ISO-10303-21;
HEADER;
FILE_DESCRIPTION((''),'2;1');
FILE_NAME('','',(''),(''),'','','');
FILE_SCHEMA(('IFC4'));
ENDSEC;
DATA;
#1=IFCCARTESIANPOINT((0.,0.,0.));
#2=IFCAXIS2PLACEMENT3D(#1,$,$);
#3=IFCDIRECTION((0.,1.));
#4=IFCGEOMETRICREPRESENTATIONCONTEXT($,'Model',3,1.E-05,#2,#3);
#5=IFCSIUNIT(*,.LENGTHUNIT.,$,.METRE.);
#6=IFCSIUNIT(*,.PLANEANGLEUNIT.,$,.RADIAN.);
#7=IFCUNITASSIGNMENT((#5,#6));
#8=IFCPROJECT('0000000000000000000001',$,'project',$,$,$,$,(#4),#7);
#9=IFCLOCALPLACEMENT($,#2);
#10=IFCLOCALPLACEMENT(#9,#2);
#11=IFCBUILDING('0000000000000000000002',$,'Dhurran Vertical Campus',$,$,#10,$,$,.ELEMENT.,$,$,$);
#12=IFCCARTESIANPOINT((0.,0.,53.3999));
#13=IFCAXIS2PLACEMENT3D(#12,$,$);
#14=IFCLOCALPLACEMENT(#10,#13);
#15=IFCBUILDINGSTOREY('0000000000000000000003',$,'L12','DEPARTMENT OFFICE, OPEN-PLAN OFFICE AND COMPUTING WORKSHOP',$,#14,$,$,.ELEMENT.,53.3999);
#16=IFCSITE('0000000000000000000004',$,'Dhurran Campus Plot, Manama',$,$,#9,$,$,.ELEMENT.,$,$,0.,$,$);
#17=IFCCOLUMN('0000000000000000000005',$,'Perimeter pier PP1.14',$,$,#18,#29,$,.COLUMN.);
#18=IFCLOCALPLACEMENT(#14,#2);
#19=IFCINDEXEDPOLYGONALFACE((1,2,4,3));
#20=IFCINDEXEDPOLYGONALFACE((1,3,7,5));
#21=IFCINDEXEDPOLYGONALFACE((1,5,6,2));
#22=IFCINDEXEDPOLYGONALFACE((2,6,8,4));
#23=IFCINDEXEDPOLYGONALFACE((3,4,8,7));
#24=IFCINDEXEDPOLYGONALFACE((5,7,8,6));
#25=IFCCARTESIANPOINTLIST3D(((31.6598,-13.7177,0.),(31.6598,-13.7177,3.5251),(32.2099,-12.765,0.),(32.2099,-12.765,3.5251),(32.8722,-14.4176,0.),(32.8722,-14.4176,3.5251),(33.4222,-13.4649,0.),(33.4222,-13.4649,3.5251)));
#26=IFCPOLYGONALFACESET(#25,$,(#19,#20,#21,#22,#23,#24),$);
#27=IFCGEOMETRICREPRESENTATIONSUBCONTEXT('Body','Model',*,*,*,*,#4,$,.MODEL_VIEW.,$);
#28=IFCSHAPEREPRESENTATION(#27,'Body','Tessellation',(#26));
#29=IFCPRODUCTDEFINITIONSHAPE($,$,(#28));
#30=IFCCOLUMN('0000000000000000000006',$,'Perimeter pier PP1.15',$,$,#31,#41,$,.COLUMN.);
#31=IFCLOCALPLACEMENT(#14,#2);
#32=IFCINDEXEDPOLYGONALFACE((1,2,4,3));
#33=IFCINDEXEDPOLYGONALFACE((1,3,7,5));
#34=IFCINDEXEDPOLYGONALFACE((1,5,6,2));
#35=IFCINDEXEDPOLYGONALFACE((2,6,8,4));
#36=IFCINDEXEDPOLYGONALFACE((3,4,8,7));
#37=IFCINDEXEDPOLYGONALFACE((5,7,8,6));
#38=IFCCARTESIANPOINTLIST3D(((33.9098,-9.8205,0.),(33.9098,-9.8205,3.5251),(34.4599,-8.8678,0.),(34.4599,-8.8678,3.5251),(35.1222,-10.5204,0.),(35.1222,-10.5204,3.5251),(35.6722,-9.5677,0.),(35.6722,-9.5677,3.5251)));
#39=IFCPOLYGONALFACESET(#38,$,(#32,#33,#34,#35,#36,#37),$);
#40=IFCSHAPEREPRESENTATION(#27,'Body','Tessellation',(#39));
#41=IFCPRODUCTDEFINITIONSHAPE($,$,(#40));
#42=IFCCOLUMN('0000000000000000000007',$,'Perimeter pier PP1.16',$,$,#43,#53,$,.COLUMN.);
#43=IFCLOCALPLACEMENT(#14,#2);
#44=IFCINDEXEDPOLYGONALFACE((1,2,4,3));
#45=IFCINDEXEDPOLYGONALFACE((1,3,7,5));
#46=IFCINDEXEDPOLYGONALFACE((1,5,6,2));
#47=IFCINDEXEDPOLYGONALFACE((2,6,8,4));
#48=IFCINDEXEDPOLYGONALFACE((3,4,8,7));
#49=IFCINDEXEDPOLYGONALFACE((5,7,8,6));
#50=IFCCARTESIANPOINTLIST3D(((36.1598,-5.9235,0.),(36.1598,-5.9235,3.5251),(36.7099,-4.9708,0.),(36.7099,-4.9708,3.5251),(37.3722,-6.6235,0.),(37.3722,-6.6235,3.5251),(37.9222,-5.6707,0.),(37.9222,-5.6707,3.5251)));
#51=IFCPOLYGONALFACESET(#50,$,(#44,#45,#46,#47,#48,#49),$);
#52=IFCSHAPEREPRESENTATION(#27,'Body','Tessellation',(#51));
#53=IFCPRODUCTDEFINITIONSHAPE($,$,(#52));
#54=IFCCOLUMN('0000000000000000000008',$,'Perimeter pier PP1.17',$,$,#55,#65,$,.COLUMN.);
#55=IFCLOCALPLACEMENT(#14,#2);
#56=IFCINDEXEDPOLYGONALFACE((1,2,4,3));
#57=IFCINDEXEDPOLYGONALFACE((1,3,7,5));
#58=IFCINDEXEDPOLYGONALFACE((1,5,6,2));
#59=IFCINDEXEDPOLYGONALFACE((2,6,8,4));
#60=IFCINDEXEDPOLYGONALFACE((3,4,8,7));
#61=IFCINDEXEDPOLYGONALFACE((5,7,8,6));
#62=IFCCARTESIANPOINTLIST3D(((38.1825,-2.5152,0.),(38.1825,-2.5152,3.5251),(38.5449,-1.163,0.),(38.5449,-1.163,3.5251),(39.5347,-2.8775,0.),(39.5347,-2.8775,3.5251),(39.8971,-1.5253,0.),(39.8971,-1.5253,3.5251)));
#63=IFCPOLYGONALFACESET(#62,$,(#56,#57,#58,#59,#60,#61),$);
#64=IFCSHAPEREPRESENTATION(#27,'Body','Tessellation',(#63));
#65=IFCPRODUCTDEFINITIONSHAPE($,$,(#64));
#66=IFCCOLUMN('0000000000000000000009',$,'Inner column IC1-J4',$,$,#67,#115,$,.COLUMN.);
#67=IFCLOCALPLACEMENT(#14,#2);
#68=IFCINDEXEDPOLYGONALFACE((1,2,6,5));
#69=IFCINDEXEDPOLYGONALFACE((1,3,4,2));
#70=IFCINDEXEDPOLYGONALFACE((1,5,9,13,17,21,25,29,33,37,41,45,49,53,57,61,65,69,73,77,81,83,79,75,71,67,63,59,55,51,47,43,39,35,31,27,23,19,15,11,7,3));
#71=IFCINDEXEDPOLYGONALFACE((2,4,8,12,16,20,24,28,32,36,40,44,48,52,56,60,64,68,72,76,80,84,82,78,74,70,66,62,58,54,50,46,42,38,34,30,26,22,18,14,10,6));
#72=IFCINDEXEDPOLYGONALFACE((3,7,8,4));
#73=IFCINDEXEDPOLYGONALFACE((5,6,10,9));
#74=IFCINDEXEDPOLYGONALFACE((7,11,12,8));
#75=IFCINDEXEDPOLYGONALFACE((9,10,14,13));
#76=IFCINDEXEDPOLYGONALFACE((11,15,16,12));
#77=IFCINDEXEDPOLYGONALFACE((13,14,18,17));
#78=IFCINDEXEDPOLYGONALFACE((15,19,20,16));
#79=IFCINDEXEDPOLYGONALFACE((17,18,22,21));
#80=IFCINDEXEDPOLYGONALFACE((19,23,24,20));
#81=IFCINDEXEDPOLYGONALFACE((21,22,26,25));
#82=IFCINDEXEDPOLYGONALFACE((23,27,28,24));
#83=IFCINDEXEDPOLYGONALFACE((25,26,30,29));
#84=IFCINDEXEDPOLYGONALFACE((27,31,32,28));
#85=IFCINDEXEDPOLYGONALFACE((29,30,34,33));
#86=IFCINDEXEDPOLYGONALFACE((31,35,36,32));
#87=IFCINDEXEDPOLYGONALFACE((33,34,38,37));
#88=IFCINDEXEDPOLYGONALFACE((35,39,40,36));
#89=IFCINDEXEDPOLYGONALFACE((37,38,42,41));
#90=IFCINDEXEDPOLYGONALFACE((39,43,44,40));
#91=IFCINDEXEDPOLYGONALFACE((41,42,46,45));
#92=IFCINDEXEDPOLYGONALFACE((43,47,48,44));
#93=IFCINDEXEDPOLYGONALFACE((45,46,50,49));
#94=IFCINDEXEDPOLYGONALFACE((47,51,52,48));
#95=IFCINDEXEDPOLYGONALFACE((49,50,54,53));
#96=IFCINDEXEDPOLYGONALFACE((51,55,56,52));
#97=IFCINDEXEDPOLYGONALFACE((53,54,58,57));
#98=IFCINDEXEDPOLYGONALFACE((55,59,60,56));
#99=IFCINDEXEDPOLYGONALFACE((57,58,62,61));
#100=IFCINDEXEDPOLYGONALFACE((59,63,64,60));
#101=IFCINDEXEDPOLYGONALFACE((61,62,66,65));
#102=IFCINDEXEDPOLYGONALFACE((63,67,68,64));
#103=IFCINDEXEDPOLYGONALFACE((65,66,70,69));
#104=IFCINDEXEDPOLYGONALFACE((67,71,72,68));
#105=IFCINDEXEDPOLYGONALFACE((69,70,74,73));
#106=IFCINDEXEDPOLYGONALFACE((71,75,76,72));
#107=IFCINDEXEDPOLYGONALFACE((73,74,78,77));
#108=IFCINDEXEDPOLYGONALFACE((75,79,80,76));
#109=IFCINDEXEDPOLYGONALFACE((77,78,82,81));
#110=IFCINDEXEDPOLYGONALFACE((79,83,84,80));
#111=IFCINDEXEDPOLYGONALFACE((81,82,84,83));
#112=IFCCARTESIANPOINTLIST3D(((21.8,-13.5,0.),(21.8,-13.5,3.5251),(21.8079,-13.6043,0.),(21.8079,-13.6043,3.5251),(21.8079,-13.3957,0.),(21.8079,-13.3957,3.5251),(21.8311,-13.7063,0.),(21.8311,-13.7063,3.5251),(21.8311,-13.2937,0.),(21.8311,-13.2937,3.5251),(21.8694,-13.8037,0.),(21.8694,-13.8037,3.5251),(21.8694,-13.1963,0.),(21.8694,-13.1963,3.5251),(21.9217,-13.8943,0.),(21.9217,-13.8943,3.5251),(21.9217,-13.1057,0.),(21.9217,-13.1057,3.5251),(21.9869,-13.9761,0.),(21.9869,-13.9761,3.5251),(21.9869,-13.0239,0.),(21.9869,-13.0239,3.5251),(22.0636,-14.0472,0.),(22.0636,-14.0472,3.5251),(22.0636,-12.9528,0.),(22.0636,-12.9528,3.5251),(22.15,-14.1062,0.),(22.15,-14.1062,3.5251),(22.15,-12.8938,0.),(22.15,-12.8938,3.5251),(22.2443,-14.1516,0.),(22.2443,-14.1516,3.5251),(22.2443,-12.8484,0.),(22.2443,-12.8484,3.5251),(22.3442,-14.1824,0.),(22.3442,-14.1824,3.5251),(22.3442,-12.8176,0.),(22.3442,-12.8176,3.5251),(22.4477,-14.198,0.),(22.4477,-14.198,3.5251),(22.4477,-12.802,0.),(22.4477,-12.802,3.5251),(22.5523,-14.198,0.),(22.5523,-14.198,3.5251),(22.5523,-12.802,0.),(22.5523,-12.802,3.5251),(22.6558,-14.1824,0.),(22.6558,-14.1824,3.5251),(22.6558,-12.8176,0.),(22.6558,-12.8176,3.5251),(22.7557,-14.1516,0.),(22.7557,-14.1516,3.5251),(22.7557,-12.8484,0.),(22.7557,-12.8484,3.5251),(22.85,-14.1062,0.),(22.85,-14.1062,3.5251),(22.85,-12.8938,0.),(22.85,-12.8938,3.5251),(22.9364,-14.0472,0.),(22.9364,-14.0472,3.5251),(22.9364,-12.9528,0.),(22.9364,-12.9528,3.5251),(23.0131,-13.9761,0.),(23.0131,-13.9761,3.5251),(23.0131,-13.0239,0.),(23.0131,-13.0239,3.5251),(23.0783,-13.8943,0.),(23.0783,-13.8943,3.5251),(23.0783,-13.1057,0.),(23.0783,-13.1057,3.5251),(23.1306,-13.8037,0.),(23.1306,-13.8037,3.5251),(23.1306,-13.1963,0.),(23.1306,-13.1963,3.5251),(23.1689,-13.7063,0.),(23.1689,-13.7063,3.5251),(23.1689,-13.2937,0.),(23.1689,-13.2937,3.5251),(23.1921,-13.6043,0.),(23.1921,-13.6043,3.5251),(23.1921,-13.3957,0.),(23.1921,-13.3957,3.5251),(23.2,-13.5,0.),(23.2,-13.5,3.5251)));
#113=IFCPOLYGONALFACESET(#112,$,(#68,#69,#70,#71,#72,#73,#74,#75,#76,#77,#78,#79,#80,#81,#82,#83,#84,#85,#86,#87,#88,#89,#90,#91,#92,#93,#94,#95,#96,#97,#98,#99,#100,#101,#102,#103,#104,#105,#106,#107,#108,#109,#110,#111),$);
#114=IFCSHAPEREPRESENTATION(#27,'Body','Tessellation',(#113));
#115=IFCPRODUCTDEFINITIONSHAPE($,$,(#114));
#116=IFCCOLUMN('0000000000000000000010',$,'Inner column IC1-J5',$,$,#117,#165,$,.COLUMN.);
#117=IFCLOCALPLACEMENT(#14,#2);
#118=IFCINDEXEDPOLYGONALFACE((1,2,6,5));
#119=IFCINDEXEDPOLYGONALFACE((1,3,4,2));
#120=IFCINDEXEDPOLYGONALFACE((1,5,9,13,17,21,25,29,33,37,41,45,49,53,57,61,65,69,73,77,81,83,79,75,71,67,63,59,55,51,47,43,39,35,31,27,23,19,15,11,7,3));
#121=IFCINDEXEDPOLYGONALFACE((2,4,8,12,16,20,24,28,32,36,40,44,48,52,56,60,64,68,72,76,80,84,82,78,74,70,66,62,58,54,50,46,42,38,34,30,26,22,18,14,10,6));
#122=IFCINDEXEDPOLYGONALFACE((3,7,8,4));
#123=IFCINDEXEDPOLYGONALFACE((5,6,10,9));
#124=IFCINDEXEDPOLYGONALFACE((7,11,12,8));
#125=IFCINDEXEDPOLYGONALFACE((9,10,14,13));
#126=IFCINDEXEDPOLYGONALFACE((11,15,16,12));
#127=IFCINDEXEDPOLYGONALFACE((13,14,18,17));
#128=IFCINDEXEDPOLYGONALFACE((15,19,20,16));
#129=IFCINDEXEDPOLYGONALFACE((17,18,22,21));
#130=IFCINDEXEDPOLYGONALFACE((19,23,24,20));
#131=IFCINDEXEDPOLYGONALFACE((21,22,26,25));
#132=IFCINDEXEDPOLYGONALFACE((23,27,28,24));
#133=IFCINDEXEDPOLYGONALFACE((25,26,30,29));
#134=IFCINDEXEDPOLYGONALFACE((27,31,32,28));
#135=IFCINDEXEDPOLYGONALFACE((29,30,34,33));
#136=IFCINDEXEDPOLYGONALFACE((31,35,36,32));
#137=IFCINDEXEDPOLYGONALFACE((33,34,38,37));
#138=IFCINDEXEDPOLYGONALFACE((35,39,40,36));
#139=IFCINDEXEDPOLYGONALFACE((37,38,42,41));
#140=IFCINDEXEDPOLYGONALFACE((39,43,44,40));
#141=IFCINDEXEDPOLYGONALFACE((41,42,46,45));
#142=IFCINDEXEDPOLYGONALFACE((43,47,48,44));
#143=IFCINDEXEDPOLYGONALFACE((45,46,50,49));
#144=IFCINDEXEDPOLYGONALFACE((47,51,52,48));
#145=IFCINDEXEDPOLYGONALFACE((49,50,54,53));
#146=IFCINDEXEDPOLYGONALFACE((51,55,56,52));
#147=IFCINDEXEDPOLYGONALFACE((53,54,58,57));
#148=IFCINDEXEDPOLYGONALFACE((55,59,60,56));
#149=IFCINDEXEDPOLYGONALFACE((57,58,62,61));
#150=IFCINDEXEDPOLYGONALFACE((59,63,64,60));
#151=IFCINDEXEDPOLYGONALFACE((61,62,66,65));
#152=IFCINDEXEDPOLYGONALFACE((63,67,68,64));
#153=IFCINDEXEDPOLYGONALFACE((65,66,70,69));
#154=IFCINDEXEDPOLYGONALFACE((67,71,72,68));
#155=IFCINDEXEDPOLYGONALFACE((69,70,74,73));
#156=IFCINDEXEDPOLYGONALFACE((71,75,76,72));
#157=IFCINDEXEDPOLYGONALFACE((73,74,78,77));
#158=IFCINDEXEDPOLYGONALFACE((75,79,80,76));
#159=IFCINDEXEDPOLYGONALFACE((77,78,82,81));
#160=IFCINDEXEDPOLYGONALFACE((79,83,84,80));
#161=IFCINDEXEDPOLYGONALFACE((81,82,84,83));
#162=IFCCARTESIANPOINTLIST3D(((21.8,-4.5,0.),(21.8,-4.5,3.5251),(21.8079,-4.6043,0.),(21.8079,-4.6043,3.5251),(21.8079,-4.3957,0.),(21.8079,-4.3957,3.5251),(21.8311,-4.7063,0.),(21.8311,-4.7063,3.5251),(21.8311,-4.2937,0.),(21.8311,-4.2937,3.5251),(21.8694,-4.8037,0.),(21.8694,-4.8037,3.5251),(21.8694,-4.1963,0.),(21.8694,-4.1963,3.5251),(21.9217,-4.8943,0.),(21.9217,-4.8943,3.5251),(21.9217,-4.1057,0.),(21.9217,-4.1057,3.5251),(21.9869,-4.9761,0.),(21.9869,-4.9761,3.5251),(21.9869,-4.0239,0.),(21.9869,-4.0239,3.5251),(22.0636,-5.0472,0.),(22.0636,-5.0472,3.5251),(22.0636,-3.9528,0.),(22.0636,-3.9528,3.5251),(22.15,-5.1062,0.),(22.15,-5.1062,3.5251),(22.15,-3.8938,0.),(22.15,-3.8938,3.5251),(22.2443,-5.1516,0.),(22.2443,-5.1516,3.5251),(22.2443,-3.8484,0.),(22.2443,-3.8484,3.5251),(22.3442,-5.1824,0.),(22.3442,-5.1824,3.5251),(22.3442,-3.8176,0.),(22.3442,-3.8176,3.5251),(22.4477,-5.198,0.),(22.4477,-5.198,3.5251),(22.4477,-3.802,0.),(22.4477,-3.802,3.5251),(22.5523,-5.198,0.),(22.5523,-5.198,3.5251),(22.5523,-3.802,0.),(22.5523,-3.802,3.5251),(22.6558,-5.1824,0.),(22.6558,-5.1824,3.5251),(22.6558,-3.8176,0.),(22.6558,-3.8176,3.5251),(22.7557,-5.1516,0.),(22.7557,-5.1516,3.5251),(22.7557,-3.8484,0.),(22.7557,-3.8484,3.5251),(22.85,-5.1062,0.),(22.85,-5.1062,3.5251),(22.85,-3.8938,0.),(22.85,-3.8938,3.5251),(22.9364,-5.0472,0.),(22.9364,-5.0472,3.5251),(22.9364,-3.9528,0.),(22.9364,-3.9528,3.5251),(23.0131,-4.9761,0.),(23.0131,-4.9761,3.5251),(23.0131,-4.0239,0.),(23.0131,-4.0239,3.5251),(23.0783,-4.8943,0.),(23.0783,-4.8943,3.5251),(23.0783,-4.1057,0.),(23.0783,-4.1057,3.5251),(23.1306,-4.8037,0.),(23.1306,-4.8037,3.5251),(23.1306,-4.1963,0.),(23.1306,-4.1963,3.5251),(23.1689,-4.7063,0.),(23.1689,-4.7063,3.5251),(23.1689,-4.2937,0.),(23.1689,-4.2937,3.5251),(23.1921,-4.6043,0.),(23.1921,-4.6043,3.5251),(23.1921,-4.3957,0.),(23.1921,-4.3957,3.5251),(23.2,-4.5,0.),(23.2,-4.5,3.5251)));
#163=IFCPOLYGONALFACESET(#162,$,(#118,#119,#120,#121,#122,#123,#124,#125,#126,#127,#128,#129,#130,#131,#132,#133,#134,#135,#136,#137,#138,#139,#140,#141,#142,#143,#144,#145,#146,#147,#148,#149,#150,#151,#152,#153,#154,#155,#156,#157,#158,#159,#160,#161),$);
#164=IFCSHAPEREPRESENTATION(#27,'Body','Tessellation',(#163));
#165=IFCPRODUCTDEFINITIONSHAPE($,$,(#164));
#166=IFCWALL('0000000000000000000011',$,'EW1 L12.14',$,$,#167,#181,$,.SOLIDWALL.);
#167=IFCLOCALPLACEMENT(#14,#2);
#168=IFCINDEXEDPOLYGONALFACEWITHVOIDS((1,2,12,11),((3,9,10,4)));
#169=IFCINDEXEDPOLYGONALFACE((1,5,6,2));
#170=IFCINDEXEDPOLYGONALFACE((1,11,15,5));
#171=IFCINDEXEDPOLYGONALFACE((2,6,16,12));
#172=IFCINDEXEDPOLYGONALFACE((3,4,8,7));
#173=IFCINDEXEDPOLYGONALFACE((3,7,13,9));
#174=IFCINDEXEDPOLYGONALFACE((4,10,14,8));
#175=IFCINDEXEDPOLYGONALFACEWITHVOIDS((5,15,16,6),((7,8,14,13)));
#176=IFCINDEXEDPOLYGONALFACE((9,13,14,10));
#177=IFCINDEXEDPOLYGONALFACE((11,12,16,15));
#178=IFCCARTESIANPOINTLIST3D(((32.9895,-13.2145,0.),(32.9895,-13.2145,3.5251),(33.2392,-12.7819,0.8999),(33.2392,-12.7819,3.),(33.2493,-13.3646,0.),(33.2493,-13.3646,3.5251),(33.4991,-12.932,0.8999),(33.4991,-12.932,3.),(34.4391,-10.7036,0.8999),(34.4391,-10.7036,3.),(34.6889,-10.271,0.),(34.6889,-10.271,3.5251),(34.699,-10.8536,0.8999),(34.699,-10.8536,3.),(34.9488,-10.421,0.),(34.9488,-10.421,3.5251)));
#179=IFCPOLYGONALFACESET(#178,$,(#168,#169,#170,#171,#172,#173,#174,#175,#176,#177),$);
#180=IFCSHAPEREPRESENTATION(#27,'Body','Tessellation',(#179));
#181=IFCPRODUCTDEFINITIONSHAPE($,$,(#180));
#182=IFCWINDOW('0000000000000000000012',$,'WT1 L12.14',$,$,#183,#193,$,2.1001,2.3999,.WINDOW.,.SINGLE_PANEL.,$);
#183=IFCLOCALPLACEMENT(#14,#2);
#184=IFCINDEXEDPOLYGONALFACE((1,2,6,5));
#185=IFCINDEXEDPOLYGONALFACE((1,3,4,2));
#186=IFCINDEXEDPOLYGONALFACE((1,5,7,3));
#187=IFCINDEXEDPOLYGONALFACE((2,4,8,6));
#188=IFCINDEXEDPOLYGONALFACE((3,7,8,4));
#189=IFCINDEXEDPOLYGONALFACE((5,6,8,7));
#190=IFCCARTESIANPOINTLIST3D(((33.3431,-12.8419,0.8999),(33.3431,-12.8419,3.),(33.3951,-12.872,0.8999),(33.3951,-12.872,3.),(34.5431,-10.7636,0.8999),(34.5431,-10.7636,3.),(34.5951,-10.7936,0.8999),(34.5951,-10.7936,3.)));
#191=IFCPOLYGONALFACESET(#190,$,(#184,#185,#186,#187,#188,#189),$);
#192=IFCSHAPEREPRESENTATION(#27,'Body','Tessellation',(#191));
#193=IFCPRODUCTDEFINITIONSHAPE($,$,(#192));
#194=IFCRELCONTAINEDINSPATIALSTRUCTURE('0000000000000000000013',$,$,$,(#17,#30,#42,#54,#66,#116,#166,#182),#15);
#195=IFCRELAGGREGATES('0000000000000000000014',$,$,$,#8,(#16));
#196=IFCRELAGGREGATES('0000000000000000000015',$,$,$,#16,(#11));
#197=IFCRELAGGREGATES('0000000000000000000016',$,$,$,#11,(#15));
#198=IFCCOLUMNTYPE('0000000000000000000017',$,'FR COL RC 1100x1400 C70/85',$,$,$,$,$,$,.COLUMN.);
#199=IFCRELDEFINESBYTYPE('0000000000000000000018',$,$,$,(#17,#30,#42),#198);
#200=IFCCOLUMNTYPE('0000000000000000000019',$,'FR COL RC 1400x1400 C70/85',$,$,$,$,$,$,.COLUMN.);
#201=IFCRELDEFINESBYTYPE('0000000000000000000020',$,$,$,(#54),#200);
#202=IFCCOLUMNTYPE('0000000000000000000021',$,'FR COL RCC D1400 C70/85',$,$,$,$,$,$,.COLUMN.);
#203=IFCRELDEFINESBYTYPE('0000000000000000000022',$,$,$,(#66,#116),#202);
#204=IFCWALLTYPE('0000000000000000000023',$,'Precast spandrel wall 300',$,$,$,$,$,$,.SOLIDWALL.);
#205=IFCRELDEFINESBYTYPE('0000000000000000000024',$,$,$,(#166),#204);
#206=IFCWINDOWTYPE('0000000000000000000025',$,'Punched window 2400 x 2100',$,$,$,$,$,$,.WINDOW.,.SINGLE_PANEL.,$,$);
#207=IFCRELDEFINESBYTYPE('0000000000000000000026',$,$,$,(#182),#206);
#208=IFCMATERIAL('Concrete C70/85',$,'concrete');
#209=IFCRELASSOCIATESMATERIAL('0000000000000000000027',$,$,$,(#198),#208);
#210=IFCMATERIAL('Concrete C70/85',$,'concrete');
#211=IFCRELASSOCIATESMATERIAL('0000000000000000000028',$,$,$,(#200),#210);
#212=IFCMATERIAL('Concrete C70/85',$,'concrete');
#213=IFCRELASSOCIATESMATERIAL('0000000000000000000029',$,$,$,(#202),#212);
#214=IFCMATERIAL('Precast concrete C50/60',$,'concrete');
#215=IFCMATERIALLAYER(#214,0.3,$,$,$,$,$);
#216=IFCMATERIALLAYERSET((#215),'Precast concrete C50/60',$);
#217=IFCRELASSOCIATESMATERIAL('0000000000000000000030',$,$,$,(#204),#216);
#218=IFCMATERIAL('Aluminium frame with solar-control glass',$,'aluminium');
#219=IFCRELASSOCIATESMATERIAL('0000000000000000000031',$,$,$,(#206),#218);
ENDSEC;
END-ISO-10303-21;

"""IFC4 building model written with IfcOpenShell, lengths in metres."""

from ifc_helpers import new_model, si_unit, direction, frame, frame_2d, origin, origin_2d, place, context, subcontext, project, spatial, rectangle, circle, extrude, material, layer, layer_set, material_profile, profile_set, type_object, element, fill, save


model = new_model("IFC4")

# Units and contexts
model_context = context("Model", 3, precision=1e-05, world=origin(), true_north=direction((0.0, 1.0)))
body_context = subcontext(model_context, "Body", "Model", "MODEL_VIEW")
ifc_project = project(units=[si_unit("LENGTHUNIT", "METRE"), si_unit("PLANEANGLEUNIT", "RADIAN")], contexts=[model_context])

# Site, building, storey
site_placement = place(None, origin())
site = spatial("IfcSite", under=ifc_project, at=site_placement, Name="Dhurran Campus Plot, Manama", CompositionType="ELEMENT", RefElevation=0.0)
building_placement = place(site_placement, origin())
building = spatial("IfcBuilding", under=site, at=building_placement, Name="Dhurran Vertical Campus", CompositionType="ELEMENT")
storey_placement = place(building_placement, frame((0.0, 0.0, 53.3999)))
storey = spatial("IfcBuildingStorey", under=building, at=storey_placement, Name="L12", Description="DEPARTMENT OFFICE, OPEN-PLAN OFFICE AND COMPUTING WORKSHOP", CompositionType="ELEMENT", Elevation=53.3999)

# Columns
ifc_material_1 = material(Name="Concrete C70/85", Category="concrete")
ifc_material_profile_1 = material_profile(ifc_material_1, rectangle(XDim=1.1001, YDim=1.3999, at=origin_2d()), Name="RC 1100x1400")
ifc_profile_set_1 = profile_set([ifc_material_profile_1], Name="Concrete C70/85")
column_type_1 = type_object("IfcColumnType", Name="FR COL RC 1100x1400 C70/85", PredefinedType="COLUMN", material=ifc_profile_set_1)
for number, where, z_axis, x_axis, name in (
    (1, (32.541, -13.5913, 0.0), (0.0, 0.0, 1.0), (0.5, 0.866025, 0.0), "Perimeter pier PP1.14"),
    (2, (34.791, -9.6941, 0.0), (0.0, 0.0, 1.0), (0.5, 0.866025, 0.0), "Perimeter pier PP1.15"),
    (3, (37.041, -5.7971, 0.0), (0.0, 0.0, 1.0), (0.5, 0.866025, 0.0), "Perimeter pier PP1.16"),
):
    element("IfcColumn", number, at=place(storey_placement, frame(where, z_axis=z_axis, x_axis=x_axis)), inside=storey, type_object=column_type_1, Name=name, PredefinedType="COLUMN", context=body_context, shape_type="SweptSolid", body=[
        extrude(rectangle(XDim=1.1001, YDim=1.3999, at=origin_2d()), origin(), (0.0, 0.0, 1.0), 3.5251),
    ])
ifc_material_2 = material(Name="Concrete C70/85", Category="concrete")
ifc_material_profile_2 = material_profile(ifc_material_2, rectangle(XDim=1.3999, YDim=1.3999, at=origin_2d()), Name="RC 1400x1400")
ifc_profile_set_2 = profile_set([ifc_material_profile_2], Name="Concrete C70/85")
column_type_2 = type_object("IfcColumnType", Name="FR COL RC 1400x1400 C70/85", PredefinedType="COLUMN", material=ifc_profile_set_2)
column_placement = place(storey_placement, frame((39.0398, -2.0203, 0.0), z_axis=(0.0, 0.0, 1.0), x_axis=(0.258819, 0.965926, 0.0)))
element("IfcColumn", 4, at=column_placement, inside=storey, type_object=column_type_2, Name="Perimeter pier PP1.17", PredefinedType="COLUMN", context=body_context, shape_type="SweptSolid", body=[
    extrude(rectangle(XDim=1.3999, YDim=1.3999, at=origin_2d()), origin(), (0.0, 0.0, 1.0), 3.5251),
])
ifc_material_3 = material(Name="Concrete C70/85", Category="concrete")
ifc_material_profile_3 = material_profile(ifc_material_3, circle(Radius=0.7, at=origin_2d()), Name="RCC D1400")
ifc_profile_set_3 = profile_set([ifc_material_profile_3], Name="Concrete C70/85")
column_type_3 = type_object("IfcColumnType", Name="FR COL RCC D1400 C70/85", PredefinedType="COLUMN", material=ifc_profile_set_3)
for number, where, z_axis, x_axis, name in (
    (5, (22.5, -13.5, 0.0), (0.0, 0.0, 1.0), (1.0, 0.0, 0.0), "Inner column IC1-J4"),
    (6, (22.5, -4.5, 0.0), (0.0, 0.0, 1.0), (1.0, 0.0, 0.0), "Inner column IC1-J5"),
):
    element("IfcColumn", number, at=place(storey_placement, frame(where, z_axis=z_axis, x_axis=x_axis)), inside=storey, type_object=column_type_3, Name=name, PredefinedType="COLUMN", context=body_context, shape_type="SweptSolid", body=[
        extrude(circle(Radius=0.7, at=origin_2d()), origin(), (0.0, 0.0, 1.0), 3.5251),
    ])

# Wall, opening, window
ifc_material_4 = material(Name="Precast concrete C50/60", Category="concrete")
ifc_layer_1 = layer(ifc_material_4, 0.3)
ifc_layer_set_1 = layer_set([ifc_layer_1], Name="Precast concrete C50/60")
wall_type_1 = type_object("IfcWallType", Name="Precast spandrel wall 300", PredefinedType="SOLIDWALL", material=ifc_layer_set_1)
wall_1_placement = place(storey_placement, frame((33.1194, -13.2896, 0.0), z_axis=(0.0, 0.0, 1.0), x_axis=(0.499994, 0.866029, 0.0)))
wall_1 = element("IfcWall", 7, at=wall_1_placement, inside=storey, type_object=wall_type_1, Name="EW1 L12.14", PredefinedType="SOLIDWALL", context=body_context, shape_type="SweptSolid", body=[
    extrude(rectangle(XDim=3.3989, YDim=0.3, at=frame_2d((1.6995, 0.0))), origin(), (0.0, 0.0, 1.0), 3.5251),
])
opening_1_placement = place(wall_1_placement, frame((0.4995, 0.0, 0.8999)))
opening_1 = element("IfcOpeningElement", 8, at=opening_1_placement, cuts=wall_1, PredefinedType="OPENING", context=body_context, shape_type="SweptSolid", body=[
    extrude(rectangle(XDim=2.3999, YDim=2.1001, at=frame_2d((1.2, 1.05))), frame((0.0, 0.1599, 0.0), z_axis=(0.0, -1.0, 0.0), x_axis=(1.0, 0.0, 0.0)), (0.0, 0.0, 1.0), 0.3201),
])
ifc_material_5 = material(Name="Aluminium frame with solar-control glass", Category="aluminium")
window_type = type_object("IfcWindowType", Name="Punched window 2400 x 2100", PartitioningType="SINGLE_PANEL", PredefinedType="WINDOW", material=ifc_material_5)
window_1_placement = place(opening_1_placement, origin())
window_1 = element("IfcWindow", 9, at=window_1_placement, inside=storey, type_object=window_type, Name="WT1 L12.14", OverallHeight=2.1001, OverallWidth=2.3999, PartitioningType="SINGLE_PANEL", PredefinedType="WINDOW", context=body_context, shape_type="SweptSolid", body=[
    extrude(rectangle(XDim=2.3999, YDim=2.1001, at=frame_2d((1.2, 1.05))), frame((0.0, 0.03, 0.0), z_axis=(0.0, -1.0, 0.0), x_axis=(1.0, 0.0, 0.0)), (0.0, 0.0, 1.0), 0.0601),
])
fill(opening_1, window_1)

save(model, "model.ifc")
